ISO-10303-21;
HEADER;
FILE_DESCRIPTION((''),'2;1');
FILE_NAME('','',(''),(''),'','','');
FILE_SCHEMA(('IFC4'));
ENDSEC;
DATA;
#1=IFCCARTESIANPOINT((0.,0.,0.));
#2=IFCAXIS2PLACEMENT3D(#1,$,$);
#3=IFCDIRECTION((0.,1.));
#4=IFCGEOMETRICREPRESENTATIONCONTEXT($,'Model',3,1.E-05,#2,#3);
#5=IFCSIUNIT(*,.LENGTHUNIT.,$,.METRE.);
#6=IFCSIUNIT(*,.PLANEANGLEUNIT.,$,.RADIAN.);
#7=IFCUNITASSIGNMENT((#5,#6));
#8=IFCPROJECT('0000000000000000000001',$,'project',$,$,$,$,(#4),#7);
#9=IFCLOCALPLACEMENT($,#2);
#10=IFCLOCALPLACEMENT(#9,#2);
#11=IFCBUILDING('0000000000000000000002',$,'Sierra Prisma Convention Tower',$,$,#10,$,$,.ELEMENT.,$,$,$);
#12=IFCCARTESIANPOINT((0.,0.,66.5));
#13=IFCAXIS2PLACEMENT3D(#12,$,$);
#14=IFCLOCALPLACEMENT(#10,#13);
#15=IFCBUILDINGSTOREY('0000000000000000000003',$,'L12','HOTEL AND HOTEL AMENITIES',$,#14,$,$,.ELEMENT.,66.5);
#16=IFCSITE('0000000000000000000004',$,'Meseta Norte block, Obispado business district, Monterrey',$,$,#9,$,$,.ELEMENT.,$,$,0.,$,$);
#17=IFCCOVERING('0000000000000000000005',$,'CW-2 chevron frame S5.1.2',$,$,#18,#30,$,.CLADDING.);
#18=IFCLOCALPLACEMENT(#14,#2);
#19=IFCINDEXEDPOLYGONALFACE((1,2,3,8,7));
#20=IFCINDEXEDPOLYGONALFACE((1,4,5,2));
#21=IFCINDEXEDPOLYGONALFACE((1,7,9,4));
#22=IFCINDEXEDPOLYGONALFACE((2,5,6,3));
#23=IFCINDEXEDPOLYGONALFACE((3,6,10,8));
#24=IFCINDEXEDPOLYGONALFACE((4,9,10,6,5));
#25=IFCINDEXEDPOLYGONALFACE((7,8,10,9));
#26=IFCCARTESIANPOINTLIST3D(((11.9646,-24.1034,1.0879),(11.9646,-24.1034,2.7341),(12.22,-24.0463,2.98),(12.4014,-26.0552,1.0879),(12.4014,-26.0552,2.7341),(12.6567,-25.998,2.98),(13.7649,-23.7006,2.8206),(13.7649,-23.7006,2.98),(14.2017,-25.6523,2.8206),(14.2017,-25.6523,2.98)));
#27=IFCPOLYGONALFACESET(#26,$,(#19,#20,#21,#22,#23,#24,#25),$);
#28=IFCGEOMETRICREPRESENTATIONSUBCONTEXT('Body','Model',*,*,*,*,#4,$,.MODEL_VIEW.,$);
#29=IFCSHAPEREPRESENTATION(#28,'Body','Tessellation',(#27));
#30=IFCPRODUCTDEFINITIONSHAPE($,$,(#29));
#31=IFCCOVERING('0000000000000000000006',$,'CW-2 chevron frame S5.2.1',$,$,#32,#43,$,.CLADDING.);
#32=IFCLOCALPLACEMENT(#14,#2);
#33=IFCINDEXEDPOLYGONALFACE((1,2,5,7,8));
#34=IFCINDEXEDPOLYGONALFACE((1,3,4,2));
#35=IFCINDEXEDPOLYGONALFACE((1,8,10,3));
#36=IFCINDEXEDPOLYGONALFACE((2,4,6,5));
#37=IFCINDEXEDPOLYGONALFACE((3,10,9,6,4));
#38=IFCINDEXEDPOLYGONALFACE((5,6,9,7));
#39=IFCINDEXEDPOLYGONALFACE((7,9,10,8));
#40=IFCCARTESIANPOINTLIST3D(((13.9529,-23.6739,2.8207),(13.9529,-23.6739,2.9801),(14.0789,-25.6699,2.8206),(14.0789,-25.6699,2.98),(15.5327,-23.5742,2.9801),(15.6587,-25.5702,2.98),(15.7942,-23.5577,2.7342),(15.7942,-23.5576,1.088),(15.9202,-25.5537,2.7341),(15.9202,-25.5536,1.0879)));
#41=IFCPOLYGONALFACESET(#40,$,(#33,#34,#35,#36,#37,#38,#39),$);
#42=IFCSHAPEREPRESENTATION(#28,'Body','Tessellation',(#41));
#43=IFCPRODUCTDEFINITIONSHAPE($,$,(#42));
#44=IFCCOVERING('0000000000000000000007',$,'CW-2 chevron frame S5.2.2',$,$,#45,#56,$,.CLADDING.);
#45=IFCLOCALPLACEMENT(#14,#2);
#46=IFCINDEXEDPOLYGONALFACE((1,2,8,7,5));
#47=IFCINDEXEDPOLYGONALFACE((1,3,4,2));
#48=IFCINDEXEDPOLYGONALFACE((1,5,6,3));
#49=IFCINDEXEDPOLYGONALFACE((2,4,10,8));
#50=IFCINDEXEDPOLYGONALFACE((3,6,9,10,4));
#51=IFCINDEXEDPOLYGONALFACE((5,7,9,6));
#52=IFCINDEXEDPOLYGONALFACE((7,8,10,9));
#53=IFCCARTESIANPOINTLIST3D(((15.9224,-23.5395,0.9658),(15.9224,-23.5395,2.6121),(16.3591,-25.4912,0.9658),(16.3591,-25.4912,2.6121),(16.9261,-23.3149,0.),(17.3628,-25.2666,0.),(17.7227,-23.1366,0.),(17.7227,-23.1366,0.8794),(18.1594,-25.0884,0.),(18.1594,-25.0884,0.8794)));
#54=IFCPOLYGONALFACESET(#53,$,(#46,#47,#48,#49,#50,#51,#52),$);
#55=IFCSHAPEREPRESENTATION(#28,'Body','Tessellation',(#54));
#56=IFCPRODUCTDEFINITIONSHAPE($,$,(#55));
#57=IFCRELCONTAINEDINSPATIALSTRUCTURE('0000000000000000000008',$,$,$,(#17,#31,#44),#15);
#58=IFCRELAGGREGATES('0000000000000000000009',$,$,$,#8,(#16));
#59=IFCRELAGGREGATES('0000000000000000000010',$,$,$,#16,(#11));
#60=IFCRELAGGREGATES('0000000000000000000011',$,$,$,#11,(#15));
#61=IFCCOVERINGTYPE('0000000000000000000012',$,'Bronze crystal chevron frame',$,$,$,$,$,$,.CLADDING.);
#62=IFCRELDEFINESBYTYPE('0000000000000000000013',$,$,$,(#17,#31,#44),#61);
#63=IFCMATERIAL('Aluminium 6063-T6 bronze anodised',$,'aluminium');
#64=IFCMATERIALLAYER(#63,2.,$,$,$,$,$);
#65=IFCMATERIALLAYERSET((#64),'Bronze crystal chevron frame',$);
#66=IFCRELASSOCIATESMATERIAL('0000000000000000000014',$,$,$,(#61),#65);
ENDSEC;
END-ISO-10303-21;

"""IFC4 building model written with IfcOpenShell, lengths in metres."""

from ifc_helpers import new_model, si_unit, direction, frame, origin, place, context, subcontext, project, spatial, polyline, outline, extrude, material, layer, layer_set, type_object, element, save


model = new_model("IFC4")

# Units and contexts
model_context = context("Model", 3, precision=1e-05, world=origin(), true_north=direction((0.0, 1.0)))
body_context = subcontext(model_context, "Body", "Model", "MODEL_VIEW")
ifc_project = project(units=[si_unit("LENGTHUNIT", "METRE"), si_unit("PLANEANGLEUNIT", "RADIAN")], contexts=[model_context])

# Site, building, storey
site_placement = place(None, origin())
site = spatial("IfcSite", under=ifc_project, at=site_placement, Name="Meseta Norte block, Obispado business district, Monterrey", CompositionType="ELEMENT", RefElevation=0.0)
building_placement = place(site_placement, origin())
building = spatial("IfcBuilding", under=site, at=building_placement, Name="Sierra Prisma Convention Tower", CompositionType="ELEMENT")
storey_placement = place(building_placement, frame((0.0, 0.0, 66.5)))
storey = spatial("IfcBuildingStorey", under=building, at=storey_placement, Name="L12", Description="HOTEL AND HOTEL AMENITIES", CompositionType="ELEMENT", Elevation=66.5)

# Coverings
ifc_material_1 = material(Name="Aluminium 6063-T6 bronze anodised", Category="aluminium")
ifc_layer_1 = layer(ifc_material_1, 2.0)
ifc_layer_set_1 = layer_set([ifc_layer_1], Name="Bronze crystal chevron frame")
covering_type = type_object("IfcCoveringType", Name="Bronze crystal chevron frame", PredefinedType="CLADDING", material=ifc_layer_set_1)
covering_1_placement = place(storey_placement, frame((12.4014, -26.0552, 2.7341), z_axis=(0.21836, -0.975868, -0.000006), x_axis=(-0.000001, 0.000006, -1.0)))
element("IfcCovering", 1, at=covering_1_placement, inside=storey, type_object=covering_type, Name="CW-2 chevron frame S5.1.2", PredefinedType="CLADDING", context=body_context, shape_type="SweptSolid", body=[
    extrude(outline(polyline([(0.0, 0.0), (1.6462, 0.0), (-0.0864, 1.8448), (-0.2458, 1.8448), (-0.2458, 0.2617), (0.0, 0.0)])), origin(), (0.0, 0.0, -1.0), 2.0),
])
covering_2_placement = place(storey_placement, frame((14.0789, -25.6699, 2.98), z_axis=(0.062981, -0.998015, -0.000049), x_axis=(-0.000003, 0.000049, -1.0)))
element("IfcCovering", 2, at=covering_2_placement, inside=storey, type_object=covering_type, Name="CW-2 chevron frame S5.2.1", PredefinedType="CLADDING", context=body_context, shape_type="SweptSolid", body=[
    extrude(outline(polyline([(0.0, 0.0), (0.1594, 0.0), (1.8921, 1.845), (0.2458, 1.845), (0.0, 1.583), (0.0, 0.0)])), origin(), (0.0, 0.0, -1.0), 2.0),
])
covering_3_placement = place(storey_placement, frame((18.1594, -25.0884, 0.0), z_axis=(0.218354, -0.97587, -0.00001), x_axis=(0.000002, -0.00001, 1.0)))
element("IfcCovering", 3, at=covering_3_placement, inside=storey, type_object=covering_type, Name="CW-2 chevron frame S5.2.2", PredefinedType="CLADDING", context=body_context, shape_type="SweptSolid", body=[
    extrude(outline(polyline([(0.0, 0.0), (0.8794, 0.0), (2.6121, 1.8448), (0.9658, 1.8448), (0.0, 0.8163), (0.0, 0.0)])), origin(), (0.0, 0.0, -1.0), 2.0),
])

save(model, "model.ifc")
